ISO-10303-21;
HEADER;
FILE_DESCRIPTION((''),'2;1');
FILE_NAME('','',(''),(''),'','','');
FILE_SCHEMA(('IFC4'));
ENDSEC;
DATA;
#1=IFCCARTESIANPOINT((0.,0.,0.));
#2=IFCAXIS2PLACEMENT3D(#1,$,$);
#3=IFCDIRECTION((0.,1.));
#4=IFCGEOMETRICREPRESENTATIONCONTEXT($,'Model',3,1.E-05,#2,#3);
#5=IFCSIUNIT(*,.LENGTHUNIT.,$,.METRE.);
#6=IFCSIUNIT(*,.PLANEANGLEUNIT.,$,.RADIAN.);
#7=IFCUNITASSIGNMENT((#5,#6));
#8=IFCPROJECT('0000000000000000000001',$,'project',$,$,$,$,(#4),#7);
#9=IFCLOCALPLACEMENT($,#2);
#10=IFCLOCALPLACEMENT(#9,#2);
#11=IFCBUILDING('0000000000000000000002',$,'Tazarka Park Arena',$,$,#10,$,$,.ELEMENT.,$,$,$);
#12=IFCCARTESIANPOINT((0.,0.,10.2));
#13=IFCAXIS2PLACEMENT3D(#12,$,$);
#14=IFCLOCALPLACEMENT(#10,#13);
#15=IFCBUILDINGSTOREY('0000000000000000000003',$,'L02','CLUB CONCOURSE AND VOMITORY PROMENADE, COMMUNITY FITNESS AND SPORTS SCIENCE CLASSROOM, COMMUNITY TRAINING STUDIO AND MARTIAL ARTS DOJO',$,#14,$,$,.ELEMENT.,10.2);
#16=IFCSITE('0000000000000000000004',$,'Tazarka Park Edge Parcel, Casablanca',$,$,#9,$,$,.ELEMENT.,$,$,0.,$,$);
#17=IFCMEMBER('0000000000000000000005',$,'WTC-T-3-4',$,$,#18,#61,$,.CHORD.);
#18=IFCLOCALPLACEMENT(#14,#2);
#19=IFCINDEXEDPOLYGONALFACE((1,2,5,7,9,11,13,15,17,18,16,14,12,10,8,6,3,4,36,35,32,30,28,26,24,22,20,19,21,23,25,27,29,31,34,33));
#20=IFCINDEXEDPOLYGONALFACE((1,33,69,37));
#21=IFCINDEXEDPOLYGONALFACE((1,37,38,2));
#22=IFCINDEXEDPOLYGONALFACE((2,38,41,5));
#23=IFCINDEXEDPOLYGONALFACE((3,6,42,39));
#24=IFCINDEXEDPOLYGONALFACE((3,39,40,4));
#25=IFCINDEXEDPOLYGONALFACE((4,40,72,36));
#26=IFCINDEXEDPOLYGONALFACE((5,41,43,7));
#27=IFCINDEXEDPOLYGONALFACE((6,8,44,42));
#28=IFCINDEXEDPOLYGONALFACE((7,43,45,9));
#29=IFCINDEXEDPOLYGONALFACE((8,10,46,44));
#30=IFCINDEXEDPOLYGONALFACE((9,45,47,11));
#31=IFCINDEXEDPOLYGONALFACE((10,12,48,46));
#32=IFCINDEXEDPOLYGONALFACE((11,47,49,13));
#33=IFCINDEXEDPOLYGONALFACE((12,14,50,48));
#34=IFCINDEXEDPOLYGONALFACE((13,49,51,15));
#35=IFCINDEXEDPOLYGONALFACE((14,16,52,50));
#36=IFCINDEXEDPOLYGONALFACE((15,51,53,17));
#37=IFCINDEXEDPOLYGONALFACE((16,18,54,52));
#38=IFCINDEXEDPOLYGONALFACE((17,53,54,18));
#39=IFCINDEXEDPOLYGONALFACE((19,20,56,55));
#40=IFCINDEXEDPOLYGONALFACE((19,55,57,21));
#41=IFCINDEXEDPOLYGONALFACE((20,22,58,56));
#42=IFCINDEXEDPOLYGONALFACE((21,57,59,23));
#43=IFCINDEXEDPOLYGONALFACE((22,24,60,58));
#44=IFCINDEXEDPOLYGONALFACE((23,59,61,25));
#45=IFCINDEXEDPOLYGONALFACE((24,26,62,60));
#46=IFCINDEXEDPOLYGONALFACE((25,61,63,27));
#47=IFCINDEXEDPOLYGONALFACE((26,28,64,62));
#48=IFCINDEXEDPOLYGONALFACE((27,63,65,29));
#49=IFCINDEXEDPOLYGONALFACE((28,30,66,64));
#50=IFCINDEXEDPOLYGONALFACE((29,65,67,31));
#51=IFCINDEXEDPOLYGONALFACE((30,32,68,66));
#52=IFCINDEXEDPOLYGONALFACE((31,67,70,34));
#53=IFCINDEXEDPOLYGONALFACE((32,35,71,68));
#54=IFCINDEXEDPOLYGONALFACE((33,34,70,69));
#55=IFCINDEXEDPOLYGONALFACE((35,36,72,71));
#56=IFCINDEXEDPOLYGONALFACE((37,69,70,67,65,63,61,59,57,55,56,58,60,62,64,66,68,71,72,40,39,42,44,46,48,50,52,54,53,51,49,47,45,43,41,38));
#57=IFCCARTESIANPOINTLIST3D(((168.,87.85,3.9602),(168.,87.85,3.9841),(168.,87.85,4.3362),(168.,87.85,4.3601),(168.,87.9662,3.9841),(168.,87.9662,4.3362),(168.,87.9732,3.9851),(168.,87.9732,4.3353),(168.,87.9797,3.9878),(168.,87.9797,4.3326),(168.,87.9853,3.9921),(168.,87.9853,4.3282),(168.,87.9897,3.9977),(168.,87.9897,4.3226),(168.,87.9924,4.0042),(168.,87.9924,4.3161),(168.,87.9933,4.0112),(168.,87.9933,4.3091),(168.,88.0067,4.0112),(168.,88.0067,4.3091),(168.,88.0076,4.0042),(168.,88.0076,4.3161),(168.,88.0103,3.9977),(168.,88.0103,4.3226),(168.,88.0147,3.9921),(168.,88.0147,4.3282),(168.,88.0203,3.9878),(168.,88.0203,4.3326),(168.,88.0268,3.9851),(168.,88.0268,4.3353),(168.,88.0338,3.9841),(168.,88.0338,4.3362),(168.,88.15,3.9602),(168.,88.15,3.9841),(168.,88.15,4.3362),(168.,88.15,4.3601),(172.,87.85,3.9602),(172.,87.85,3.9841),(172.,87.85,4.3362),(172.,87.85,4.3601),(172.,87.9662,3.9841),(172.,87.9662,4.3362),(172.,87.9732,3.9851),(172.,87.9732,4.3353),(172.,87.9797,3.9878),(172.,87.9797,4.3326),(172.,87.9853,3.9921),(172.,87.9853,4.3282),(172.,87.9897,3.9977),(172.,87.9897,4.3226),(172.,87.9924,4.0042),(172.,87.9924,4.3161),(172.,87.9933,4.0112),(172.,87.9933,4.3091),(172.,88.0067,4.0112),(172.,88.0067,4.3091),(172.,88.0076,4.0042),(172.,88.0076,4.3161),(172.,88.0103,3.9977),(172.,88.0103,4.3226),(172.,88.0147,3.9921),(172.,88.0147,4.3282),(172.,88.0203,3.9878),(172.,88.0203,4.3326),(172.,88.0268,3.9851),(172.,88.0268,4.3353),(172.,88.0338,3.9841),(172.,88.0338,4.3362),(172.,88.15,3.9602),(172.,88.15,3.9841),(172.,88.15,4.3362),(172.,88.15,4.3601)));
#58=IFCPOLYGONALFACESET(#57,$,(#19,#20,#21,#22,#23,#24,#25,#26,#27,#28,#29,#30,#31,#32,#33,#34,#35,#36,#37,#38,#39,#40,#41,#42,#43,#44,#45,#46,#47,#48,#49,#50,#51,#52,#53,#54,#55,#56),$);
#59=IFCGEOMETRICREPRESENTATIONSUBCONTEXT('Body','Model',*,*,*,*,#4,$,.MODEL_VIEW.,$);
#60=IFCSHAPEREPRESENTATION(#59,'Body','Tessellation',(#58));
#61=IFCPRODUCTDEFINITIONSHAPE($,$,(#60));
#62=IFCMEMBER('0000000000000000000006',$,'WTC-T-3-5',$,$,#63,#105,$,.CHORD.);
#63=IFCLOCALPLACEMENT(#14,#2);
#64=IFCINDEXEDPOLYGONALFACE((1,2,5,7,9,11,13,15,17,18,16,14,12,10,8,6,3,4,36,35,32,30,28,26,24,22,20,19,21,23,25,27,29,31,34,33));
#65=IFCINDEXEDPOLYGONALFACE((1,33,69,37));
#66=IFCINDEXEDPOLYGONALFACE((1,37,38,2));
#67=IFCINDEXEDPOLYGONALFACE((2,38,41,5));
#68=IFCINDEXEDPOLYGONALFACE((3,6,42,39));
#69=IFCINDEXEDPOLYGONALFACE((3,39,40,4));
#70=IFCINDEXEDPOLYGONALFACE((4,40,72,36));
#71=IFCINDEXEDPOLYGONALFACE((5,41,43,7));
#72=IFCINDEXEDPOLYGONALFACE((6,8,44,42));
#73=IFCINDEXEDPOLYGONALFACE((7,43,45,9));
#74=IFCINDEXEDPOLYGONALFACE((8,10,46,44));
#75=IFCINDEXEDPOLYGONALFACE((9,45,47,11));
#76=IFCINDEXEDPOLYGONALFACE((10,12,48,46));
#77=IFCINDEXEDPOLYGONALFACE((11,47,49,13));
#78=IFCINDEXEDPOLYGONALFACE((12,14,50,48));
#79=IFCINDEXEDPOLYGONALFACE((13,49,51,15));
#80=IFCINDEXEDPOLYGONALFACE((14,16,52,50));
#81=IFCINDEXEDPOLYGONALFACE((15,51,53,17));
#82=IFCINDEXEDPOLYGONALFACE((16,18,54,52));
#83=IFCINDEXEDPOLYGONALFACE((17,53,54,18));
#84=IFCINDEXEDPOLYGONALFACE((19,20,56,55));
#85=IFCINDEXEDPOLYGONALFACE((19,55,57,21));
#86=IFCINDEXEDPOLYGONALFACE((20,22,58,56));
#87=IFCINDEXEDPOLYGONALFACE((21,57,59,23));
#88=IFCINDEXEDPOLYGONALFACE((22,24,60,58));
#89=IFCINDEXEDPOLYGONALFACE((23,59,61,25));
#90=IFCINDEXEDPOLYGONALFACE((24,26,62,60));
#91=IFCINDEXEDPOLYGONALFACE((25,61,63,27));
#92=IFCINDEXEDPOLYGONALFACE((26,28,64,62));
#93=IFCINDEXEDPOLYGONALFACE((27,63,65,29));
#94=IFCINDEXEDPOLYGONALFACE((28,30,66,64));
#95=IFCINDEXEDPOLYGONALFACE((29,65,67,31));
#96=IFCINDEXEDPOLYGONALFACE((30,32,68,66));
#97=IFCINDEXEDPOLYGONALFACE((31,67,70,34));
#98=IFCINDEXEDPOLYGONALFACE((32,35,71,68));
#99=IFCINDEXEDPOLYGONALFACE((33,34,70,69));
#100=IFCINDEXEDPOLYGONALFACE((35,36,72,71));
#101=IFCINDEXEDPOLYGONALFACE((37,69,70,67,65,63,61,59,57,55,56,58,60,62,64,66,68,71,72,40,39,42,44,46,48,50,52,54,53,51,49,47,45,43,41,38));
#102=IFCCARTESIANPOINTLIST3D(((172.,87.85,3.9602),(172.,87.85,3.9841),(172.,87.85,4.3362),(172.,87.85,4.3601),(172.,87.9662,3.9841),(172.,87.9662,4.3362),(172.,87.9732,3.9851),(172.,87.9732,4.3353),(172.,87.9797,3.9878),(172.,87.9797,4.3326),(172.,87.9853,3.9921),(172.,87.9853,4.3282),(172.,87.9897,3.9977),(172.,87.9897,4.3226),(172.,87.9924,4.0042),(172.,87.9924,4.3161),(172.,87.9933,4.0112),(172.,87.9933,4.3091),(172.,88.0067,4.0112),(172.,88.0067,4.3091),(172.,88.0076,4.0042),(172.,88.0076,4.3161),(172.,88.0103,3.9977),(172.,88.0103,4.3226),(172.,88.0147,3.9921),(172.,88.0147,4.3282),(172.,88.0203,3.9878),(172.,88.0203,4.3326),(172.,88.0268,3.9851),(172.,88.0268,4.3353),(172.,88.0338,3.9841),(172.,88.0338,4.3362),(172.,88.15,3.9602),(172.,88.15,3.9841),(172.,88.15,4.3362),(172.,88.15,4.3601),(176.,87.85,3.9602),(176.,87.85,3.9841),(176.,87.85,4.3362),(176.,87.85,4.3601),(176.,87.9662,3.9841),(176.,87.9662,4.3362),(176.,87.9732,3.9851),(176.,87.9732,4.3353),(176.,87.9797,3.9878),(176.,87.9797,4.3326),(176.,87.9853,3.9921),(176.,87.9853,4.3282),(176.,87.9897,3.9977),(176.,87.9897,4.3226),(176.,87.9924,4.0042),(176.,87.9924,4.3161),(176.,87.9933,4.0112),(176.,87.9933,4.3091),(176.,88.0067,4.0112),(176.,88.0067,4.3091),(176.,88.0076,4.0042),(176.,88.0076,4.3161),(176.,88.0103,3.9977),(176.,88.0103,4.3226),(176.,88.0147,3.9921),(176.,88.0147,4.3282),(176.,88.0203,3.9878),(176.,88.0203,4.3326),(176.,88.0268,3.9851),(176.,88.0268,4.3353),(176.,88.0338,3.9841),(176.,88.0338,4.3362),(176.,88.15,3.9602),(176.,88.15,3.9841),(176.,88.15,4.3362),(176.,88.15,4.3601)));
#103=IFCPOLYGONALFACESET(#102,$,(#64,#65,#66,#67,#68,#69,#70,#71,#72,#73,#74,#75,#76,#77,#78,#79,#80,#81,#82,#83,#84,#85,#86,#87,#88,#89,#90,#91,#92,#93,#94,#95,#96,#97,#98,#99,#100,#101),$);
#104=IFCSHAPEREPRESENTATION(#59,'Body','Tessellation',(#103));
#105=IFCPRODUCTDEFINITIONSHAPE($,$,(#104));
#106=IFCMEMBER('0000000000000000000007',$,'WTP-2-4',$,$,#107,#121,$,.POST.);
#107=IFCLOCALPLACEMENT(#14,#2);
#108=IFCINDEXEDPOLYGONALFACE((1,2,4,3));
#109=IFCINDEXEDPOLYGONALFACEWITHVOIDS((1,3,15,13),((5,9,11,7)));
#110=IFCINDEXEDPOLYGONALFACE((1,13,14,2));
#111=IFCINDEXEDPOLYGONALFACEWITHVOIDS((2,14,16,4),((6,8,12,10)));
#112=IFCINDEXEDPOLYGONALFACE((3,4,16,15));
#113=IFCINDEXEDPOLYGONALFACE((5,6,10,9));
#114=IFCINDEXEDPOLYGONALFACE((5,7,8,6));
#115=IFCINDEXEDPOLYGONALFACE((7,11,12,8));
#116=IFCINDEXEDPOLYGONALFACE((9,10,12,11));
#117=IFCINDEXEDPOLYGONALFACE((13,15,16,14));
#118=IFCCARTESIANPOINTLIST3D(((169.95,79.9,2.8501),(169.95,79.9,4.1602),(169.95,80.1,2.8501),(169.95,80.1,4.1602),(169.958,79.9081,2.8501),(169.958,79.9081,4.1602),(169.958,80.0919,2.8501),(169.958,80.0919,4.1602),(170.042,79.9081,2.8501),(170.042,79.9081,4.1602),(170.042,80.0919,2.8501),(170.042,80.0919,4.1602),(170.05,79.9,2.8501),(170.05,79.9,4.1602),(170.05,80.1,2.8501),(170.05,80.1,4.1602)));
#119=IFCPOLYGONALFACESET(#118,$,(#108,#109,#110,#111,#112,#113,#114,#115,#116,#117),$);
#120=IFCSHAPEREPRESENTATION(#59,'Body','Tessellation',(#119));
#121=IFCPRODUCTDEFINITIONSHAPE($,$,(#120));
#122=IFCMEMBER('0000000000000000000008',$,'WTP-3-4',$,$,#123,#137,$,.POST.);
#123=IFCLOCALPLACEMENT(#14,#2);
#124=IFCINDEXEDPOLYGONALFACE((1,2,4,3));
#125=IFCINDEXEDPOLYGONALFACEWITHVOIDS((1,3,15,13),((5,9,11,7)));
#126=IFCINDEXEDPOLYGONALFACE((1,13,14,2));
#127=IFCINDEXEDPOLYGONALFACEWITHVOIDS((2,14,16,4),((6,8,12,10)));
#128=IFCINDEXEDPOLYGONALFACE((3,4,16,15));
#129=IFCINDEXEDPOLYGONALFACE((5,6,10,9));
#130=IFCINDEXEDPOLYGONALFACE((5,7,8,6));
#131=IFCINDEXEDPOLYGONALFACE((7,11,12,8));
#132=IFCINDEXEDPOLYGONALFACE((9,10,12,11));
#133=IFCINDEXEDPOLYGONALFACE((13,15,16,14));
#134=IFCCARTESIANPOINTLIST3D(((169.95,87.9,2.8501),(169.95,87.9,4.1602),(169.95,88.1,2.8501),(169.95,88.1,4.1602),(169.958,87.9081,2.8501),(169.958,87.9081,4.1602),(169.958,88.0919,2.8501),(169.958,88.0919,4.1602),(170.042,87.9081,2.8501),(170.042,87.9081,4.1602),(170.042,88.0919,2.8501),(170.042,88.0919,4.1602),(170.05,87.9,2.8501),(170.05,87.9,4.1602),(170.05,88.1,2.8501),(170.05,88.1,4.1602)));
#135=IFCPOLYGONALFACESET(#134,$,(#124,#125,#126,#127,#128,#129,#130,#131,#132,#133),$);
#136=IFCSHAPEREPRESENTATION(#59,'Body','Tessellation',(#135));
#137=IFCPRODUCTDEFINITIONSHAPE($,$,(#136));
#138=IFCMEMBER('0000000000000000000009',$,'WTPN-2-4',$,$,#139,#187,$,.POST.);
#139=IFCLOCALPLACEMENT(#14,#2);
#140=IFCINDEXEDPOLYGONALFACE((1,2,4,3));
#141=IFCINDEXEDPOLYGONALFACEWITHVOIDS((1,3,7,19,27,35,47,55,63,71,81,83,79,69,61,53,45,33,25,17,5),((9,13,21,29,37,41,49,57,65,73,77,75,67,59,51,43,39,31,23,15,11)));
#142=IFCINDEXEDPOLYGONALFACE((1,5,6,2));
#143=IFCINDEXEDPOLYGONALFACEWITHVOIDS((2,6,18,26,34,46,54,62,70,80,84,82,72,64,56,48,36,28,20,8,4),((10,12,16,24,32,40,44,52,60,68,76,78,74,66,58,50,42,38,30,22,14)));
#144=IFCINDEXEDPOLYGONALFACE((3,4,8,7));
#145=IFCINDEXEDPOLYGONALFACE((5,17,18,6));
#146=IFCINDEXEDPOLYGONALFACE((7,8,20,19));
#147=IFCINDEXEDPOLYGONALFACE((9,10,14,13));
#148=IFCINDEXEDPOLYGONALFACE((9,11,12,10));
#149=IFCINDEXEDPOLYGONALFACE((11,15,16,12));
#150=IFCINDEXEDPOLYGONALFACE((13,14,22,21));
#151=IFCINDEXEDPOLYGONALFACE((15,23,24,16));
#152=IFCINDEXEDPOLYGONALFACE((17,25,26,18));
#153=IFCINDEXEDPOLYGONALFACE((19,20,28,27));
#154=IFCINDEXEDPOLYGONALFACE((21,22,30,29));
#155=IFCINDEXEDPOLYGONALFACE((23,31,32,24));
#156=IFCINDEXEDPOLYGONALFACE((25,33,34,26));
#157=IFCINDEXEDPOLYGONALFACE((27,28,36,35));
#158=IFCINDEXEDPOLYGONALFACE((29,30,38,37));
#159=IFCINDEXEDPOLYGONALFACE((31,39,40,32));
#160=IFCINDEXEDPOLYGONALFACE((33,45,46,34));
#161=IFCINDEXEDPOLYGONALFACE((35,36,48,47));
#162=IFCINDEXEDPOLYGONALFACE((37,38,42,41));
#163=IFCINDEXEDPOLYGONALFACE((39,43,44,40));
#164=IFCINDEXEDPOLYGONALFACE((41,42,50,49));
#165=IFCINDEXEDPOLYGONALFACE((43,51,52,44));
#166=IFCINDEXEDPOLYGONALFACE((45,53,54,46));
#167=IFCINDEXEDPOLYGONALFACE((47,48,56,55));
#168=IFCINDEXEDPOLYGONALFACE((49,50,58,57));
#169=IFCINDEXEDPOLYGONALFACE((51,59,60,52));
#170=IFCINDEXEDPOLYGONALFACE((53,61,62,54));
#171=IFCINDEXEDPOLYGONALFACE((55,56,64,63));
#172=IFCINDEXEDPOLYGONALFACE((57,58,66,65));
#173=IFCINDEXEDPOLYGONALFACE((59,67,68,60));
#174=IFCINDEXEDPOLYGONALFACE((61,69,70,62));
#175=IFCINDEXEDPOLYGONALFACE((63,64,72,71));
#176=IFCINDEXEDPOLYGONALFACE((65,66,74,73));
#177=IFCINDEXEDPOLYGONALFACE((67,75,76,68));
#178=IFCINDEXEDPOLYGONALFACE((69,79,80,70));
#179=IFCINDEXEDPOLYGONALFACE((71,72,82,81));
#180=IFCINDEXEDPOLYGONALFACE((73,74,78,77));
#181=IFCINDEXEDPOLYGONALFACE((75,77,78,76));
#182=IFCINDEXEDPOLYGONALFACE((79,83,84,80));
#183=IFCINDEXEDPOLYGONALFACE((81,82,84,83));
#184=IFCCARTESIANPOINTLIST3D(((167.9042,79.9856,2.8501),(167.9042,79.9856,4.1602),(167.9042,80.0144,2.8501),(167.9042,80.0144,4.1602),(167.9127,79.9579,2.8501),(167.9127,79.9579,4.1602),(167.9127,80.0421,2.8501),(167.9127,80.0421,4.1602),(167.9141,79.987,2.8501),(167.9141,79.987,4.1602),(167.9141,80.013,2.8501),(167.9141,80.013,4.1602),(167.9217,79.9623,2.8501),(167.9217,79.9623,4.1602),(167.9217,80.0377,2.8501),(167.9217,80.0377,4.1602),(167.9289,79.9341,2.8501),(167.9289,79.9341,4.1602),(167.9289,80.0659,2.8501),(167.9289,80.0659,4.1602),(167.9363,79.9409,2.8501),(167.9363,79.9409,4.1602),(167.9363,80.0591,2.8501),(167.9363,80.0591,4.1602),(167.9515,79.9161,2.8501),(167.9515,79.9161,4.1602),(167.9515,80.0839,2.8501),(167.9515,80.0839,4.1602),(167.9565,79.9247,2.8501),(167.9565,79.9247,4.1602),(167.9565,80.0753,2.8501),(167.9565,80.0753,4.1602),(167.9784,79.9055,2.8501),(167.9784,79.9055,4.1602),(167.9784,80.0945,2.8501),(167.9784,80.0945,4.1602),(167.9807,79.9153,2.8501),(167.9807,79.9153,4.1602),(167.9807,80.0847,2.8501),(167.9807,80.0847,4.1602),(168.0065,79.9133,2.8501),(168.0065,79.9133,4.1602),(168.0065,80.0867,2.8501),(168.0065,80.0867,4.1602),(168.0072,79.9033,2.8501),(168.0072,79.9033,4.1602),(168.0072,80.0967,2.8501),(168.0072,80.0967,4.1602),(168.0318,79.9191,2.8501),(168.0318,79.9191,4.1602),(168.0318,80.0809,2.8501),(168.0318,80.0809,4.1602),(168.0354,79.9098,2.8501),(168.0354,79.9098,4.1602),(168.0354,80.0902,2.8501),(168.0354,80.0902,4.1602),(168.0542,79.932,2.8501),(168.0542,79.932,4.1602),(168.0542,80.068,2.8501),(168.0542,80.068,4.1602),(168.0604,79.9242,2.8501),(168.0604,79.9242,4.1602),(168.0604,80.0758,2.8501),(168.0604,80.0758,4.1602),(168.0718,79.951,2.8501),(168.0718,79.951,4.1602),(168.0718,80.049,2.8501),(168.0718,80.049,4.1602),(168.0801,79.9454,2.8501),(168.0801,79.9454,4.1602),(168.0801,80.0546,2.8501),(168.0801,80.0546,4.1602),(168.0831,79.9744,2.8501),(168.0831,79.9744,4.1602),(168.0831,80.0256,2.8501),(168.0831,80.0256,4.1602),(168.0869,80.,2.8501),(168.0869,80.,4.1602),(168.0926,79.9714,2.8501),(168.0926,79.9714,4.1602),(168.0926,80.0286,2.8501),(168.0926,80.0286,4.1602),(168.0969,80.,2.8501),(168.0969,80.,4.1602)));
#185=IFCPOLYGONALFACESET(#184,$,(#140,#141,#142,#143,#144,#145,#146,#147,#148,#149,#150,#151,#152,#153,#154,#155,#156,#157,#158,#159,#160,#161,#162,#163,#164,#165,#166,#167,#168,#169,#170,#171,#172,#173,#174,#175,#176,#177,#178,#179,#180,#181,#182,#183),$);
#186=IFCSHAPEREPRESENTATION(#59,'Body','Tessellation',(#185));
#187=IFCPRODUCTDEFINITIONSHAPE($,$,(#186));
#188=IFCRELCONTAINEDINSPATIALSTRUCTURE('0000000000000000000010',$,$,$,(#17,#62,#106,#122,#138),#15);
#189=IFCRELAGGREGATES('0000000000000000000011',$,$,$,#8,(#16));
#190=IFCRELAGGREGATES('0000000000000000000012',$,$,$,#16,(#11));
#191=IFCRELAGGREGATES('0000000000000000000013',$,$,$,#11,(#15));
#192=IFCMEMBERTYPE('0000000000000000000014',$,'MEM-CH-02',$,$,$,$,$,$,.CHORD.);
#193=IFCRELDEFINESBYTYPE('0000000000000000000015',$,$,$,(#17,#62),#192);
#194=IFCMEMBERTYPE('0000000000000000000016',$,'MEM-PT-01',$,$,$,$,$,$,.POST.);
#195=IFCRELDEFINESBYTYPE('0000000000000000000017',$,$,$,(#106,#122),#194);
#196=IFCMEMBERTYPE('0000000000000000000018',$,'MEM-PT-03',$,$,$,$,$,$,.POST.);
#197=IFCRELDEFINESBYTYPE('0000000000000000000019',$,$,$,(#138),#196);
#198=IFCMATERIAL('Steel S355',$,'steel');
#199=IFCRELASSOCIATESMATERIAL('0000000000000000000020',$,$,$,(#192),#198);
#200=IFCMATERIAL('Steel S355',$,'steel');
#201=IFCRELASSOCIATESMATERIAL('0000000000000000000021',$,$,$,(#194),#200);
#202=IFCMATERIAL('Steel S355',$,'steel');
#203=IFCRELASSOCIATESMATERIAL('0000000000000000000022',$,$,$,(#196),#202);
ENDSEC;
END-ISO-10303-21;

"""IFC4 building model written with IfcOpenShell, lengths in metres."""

from ifc_helpers import new_model, si_unit, direction, frame, origin, origin_2d, place, context, subcontext, project, spatial, hollow_rectangle, hollow_circle, i_section, extrude, material, material_profile, profile_set, type_object, element, save


model = new_model("IFC4")

# Units and contexts
model_context = context("Model", 3, precision=1e-05, world=origin(), true_north=direction((0.0, 1.0)))
body_context = subcontext(model_context, "Body", "Model", "MODEL_VIEW")
ifc_project = project(units=[si_unit("LENGTHUNIT", "METRE"), si_unit("PLANEANGLEUNIT", "RADIAN")], contexts=[model_context])

# Site, building, storey
site_placement = place(None, origin())
site = spatial("IfcSite", under=ifc_project, at=site_placement, Name="Tazarka Park Edge Parcel, Casablanca", CompositionType="ELEMENT", RefElevation=0.0)
building_placement = place(site_placement, origin())
building = spatial("IfcBuilding", under=site, at=building_placement, Name="Tazarka Park Arena", CompositionType="ELEMENT")
storey_placement = place(building_placement, frame((0.0, 0.0, 10.2)))
storey = spatial("IfcBuildingStorey", under=building, at=storey_placement, Name="L02", Description="CLUB CONCOURSE AND VOMITORY PROMENADE, COMMUNITY FITNESS AND SPORTS SCIENCE CLASSROOM, COMMUNITY TRAINING STUDIO AND MARTIAL ARTS DOJO", CompositionType="ELEMENT", Elevation=10.2)

# Members
ifc_material_1 = material(Name="Steel S355", Category="steel")
ifc_material_profile_1 = material_profile(ifc_material_1, i_section(OverallWidth=0.3, OverallDepth=0.3999, WebThickness=0.0134, FlangeThickness=0.0239, FilletRadius=0.0271, at=origin_2d()), Name="Steel S355")
ifc_profile_set_1 = profile_set([ifc_material_profile_1], Name="Steel S355")
member_type_1 = type_object("IfcMemberType", Name="MEM-CH-02", PredefinedType="CHORD", material=ifc_profile_set_1)
for number, where, z_axis, x_axis, name in (
    (1, (168.0, 88.0, 4.1602), (1.0, 0.0, 0.0), (0.0, 1.0, 0.0), "WTC-T-3-4"),
    (2, (172.0, 88.0, 4.1602), (1.0, 0.0, 0.0), (0.0, 1.0, 0.0), "WTC-T-3-5"),
):
    element("IfcMember", number, at=place(storey_placement, frame(where, z_axis=z_axis, x_axis=x_axis)), inside=storey, type_object=member_type_1, Name=name, PredefinedType="CHORD", context=body_context, shape_type="SweptSolid", body=[
        extrude(i_section(OverallWidth=0.3, OverallDepth=0.3999, WebThickness=0.0134, FlangeThickness=0.0239, FilletRadius=0.0271, at=origin_2d()), origin(), (0.0, 0.0, 1.0), 4.0),
    ])
ifc_material_2 = material(Name="Steel S355", Category="steel")
ifc_material_profile_2 = material_profile(ifc_material_2, hollow_rectangle(XDim=0.1001, YDim=0.2, WallThickness=0.0081, at=origin_2d()), Name="Steel S355")
ifc_profile_set_2 = profile_set([ifc_material_profile_2], Name="Steel S355")
member_type_2 = type_object("IfcMemberType", Name="MEM-PT-01", PredefinedType="POST", material=ifc_profile_set_2)
for number, where, z_axis, x_axis, name in (
    (3, (170.0, 80.0, 2.8501), (0.0, 0.0, 1.0), (1.0, 0.0, 0.0), "WTP-2-4"),
    (4, (170.0, 88.0, 2.8501), (0.0, 0.0, 1.0), (1.0, 0.0, 0.0), "WTP-3-4"),
):
    element("IfcMember", number, at=place(storey_placement, frame(where, z_axis=z_axis, x_axis=x_axis)), inside=storey, type_object=member_type_2, Name=name, PredefinedType="POST", context=body_context, shape_type="SweptSolid", body=[
        extrude(hollow_rectangle(XDim=0.1001, YDim=0.2, WallThickness=0.0081, at=origin_2d()), origin(), (0.0, 0.0, 1.0), 1.3101),
    ])
ifc_material_3 = material(Name="Steel S355", Category="steel")
ifc_material_profile_3 = material_profile(ifc_material_3, hollow_circle(Radius=0.0969, WallThickness=0.01, at=origin_2d()), Name="Steel S355")
ifc_profile_set_3 = profile_set([ifc_material_profile_3], Name="Steel S355")
member_type_3 = type_object("IfcMemberType", Name="MEM-PT-03", PredefinedType="POST", material=ifc_profile_set_3)
for number, where, z_axis, x_axis, name in (
    (5, (168.0, 80.0, 2.8501), (0.0, 0.0, 1.0), (1.0, 0.0, 0.0), "WTPN-2-4"),
):
    element("IfcMember", number, at=place(storey_placement, frame(where, z_axis=z_axis, x_axis=x_axis)), inside=storey, type_object=member_type_3, Name=name, PredefinedType="POST", context=body_context, shape_type="SweptSolid", body=[
        extrude(hollow_circle(Radius=0.0969, WallThickness=0.01, at=origin_2d()), origin(), (0.0, 0.0, 1.0), 1.3101),
    ])

save(model, "model.ifc")
